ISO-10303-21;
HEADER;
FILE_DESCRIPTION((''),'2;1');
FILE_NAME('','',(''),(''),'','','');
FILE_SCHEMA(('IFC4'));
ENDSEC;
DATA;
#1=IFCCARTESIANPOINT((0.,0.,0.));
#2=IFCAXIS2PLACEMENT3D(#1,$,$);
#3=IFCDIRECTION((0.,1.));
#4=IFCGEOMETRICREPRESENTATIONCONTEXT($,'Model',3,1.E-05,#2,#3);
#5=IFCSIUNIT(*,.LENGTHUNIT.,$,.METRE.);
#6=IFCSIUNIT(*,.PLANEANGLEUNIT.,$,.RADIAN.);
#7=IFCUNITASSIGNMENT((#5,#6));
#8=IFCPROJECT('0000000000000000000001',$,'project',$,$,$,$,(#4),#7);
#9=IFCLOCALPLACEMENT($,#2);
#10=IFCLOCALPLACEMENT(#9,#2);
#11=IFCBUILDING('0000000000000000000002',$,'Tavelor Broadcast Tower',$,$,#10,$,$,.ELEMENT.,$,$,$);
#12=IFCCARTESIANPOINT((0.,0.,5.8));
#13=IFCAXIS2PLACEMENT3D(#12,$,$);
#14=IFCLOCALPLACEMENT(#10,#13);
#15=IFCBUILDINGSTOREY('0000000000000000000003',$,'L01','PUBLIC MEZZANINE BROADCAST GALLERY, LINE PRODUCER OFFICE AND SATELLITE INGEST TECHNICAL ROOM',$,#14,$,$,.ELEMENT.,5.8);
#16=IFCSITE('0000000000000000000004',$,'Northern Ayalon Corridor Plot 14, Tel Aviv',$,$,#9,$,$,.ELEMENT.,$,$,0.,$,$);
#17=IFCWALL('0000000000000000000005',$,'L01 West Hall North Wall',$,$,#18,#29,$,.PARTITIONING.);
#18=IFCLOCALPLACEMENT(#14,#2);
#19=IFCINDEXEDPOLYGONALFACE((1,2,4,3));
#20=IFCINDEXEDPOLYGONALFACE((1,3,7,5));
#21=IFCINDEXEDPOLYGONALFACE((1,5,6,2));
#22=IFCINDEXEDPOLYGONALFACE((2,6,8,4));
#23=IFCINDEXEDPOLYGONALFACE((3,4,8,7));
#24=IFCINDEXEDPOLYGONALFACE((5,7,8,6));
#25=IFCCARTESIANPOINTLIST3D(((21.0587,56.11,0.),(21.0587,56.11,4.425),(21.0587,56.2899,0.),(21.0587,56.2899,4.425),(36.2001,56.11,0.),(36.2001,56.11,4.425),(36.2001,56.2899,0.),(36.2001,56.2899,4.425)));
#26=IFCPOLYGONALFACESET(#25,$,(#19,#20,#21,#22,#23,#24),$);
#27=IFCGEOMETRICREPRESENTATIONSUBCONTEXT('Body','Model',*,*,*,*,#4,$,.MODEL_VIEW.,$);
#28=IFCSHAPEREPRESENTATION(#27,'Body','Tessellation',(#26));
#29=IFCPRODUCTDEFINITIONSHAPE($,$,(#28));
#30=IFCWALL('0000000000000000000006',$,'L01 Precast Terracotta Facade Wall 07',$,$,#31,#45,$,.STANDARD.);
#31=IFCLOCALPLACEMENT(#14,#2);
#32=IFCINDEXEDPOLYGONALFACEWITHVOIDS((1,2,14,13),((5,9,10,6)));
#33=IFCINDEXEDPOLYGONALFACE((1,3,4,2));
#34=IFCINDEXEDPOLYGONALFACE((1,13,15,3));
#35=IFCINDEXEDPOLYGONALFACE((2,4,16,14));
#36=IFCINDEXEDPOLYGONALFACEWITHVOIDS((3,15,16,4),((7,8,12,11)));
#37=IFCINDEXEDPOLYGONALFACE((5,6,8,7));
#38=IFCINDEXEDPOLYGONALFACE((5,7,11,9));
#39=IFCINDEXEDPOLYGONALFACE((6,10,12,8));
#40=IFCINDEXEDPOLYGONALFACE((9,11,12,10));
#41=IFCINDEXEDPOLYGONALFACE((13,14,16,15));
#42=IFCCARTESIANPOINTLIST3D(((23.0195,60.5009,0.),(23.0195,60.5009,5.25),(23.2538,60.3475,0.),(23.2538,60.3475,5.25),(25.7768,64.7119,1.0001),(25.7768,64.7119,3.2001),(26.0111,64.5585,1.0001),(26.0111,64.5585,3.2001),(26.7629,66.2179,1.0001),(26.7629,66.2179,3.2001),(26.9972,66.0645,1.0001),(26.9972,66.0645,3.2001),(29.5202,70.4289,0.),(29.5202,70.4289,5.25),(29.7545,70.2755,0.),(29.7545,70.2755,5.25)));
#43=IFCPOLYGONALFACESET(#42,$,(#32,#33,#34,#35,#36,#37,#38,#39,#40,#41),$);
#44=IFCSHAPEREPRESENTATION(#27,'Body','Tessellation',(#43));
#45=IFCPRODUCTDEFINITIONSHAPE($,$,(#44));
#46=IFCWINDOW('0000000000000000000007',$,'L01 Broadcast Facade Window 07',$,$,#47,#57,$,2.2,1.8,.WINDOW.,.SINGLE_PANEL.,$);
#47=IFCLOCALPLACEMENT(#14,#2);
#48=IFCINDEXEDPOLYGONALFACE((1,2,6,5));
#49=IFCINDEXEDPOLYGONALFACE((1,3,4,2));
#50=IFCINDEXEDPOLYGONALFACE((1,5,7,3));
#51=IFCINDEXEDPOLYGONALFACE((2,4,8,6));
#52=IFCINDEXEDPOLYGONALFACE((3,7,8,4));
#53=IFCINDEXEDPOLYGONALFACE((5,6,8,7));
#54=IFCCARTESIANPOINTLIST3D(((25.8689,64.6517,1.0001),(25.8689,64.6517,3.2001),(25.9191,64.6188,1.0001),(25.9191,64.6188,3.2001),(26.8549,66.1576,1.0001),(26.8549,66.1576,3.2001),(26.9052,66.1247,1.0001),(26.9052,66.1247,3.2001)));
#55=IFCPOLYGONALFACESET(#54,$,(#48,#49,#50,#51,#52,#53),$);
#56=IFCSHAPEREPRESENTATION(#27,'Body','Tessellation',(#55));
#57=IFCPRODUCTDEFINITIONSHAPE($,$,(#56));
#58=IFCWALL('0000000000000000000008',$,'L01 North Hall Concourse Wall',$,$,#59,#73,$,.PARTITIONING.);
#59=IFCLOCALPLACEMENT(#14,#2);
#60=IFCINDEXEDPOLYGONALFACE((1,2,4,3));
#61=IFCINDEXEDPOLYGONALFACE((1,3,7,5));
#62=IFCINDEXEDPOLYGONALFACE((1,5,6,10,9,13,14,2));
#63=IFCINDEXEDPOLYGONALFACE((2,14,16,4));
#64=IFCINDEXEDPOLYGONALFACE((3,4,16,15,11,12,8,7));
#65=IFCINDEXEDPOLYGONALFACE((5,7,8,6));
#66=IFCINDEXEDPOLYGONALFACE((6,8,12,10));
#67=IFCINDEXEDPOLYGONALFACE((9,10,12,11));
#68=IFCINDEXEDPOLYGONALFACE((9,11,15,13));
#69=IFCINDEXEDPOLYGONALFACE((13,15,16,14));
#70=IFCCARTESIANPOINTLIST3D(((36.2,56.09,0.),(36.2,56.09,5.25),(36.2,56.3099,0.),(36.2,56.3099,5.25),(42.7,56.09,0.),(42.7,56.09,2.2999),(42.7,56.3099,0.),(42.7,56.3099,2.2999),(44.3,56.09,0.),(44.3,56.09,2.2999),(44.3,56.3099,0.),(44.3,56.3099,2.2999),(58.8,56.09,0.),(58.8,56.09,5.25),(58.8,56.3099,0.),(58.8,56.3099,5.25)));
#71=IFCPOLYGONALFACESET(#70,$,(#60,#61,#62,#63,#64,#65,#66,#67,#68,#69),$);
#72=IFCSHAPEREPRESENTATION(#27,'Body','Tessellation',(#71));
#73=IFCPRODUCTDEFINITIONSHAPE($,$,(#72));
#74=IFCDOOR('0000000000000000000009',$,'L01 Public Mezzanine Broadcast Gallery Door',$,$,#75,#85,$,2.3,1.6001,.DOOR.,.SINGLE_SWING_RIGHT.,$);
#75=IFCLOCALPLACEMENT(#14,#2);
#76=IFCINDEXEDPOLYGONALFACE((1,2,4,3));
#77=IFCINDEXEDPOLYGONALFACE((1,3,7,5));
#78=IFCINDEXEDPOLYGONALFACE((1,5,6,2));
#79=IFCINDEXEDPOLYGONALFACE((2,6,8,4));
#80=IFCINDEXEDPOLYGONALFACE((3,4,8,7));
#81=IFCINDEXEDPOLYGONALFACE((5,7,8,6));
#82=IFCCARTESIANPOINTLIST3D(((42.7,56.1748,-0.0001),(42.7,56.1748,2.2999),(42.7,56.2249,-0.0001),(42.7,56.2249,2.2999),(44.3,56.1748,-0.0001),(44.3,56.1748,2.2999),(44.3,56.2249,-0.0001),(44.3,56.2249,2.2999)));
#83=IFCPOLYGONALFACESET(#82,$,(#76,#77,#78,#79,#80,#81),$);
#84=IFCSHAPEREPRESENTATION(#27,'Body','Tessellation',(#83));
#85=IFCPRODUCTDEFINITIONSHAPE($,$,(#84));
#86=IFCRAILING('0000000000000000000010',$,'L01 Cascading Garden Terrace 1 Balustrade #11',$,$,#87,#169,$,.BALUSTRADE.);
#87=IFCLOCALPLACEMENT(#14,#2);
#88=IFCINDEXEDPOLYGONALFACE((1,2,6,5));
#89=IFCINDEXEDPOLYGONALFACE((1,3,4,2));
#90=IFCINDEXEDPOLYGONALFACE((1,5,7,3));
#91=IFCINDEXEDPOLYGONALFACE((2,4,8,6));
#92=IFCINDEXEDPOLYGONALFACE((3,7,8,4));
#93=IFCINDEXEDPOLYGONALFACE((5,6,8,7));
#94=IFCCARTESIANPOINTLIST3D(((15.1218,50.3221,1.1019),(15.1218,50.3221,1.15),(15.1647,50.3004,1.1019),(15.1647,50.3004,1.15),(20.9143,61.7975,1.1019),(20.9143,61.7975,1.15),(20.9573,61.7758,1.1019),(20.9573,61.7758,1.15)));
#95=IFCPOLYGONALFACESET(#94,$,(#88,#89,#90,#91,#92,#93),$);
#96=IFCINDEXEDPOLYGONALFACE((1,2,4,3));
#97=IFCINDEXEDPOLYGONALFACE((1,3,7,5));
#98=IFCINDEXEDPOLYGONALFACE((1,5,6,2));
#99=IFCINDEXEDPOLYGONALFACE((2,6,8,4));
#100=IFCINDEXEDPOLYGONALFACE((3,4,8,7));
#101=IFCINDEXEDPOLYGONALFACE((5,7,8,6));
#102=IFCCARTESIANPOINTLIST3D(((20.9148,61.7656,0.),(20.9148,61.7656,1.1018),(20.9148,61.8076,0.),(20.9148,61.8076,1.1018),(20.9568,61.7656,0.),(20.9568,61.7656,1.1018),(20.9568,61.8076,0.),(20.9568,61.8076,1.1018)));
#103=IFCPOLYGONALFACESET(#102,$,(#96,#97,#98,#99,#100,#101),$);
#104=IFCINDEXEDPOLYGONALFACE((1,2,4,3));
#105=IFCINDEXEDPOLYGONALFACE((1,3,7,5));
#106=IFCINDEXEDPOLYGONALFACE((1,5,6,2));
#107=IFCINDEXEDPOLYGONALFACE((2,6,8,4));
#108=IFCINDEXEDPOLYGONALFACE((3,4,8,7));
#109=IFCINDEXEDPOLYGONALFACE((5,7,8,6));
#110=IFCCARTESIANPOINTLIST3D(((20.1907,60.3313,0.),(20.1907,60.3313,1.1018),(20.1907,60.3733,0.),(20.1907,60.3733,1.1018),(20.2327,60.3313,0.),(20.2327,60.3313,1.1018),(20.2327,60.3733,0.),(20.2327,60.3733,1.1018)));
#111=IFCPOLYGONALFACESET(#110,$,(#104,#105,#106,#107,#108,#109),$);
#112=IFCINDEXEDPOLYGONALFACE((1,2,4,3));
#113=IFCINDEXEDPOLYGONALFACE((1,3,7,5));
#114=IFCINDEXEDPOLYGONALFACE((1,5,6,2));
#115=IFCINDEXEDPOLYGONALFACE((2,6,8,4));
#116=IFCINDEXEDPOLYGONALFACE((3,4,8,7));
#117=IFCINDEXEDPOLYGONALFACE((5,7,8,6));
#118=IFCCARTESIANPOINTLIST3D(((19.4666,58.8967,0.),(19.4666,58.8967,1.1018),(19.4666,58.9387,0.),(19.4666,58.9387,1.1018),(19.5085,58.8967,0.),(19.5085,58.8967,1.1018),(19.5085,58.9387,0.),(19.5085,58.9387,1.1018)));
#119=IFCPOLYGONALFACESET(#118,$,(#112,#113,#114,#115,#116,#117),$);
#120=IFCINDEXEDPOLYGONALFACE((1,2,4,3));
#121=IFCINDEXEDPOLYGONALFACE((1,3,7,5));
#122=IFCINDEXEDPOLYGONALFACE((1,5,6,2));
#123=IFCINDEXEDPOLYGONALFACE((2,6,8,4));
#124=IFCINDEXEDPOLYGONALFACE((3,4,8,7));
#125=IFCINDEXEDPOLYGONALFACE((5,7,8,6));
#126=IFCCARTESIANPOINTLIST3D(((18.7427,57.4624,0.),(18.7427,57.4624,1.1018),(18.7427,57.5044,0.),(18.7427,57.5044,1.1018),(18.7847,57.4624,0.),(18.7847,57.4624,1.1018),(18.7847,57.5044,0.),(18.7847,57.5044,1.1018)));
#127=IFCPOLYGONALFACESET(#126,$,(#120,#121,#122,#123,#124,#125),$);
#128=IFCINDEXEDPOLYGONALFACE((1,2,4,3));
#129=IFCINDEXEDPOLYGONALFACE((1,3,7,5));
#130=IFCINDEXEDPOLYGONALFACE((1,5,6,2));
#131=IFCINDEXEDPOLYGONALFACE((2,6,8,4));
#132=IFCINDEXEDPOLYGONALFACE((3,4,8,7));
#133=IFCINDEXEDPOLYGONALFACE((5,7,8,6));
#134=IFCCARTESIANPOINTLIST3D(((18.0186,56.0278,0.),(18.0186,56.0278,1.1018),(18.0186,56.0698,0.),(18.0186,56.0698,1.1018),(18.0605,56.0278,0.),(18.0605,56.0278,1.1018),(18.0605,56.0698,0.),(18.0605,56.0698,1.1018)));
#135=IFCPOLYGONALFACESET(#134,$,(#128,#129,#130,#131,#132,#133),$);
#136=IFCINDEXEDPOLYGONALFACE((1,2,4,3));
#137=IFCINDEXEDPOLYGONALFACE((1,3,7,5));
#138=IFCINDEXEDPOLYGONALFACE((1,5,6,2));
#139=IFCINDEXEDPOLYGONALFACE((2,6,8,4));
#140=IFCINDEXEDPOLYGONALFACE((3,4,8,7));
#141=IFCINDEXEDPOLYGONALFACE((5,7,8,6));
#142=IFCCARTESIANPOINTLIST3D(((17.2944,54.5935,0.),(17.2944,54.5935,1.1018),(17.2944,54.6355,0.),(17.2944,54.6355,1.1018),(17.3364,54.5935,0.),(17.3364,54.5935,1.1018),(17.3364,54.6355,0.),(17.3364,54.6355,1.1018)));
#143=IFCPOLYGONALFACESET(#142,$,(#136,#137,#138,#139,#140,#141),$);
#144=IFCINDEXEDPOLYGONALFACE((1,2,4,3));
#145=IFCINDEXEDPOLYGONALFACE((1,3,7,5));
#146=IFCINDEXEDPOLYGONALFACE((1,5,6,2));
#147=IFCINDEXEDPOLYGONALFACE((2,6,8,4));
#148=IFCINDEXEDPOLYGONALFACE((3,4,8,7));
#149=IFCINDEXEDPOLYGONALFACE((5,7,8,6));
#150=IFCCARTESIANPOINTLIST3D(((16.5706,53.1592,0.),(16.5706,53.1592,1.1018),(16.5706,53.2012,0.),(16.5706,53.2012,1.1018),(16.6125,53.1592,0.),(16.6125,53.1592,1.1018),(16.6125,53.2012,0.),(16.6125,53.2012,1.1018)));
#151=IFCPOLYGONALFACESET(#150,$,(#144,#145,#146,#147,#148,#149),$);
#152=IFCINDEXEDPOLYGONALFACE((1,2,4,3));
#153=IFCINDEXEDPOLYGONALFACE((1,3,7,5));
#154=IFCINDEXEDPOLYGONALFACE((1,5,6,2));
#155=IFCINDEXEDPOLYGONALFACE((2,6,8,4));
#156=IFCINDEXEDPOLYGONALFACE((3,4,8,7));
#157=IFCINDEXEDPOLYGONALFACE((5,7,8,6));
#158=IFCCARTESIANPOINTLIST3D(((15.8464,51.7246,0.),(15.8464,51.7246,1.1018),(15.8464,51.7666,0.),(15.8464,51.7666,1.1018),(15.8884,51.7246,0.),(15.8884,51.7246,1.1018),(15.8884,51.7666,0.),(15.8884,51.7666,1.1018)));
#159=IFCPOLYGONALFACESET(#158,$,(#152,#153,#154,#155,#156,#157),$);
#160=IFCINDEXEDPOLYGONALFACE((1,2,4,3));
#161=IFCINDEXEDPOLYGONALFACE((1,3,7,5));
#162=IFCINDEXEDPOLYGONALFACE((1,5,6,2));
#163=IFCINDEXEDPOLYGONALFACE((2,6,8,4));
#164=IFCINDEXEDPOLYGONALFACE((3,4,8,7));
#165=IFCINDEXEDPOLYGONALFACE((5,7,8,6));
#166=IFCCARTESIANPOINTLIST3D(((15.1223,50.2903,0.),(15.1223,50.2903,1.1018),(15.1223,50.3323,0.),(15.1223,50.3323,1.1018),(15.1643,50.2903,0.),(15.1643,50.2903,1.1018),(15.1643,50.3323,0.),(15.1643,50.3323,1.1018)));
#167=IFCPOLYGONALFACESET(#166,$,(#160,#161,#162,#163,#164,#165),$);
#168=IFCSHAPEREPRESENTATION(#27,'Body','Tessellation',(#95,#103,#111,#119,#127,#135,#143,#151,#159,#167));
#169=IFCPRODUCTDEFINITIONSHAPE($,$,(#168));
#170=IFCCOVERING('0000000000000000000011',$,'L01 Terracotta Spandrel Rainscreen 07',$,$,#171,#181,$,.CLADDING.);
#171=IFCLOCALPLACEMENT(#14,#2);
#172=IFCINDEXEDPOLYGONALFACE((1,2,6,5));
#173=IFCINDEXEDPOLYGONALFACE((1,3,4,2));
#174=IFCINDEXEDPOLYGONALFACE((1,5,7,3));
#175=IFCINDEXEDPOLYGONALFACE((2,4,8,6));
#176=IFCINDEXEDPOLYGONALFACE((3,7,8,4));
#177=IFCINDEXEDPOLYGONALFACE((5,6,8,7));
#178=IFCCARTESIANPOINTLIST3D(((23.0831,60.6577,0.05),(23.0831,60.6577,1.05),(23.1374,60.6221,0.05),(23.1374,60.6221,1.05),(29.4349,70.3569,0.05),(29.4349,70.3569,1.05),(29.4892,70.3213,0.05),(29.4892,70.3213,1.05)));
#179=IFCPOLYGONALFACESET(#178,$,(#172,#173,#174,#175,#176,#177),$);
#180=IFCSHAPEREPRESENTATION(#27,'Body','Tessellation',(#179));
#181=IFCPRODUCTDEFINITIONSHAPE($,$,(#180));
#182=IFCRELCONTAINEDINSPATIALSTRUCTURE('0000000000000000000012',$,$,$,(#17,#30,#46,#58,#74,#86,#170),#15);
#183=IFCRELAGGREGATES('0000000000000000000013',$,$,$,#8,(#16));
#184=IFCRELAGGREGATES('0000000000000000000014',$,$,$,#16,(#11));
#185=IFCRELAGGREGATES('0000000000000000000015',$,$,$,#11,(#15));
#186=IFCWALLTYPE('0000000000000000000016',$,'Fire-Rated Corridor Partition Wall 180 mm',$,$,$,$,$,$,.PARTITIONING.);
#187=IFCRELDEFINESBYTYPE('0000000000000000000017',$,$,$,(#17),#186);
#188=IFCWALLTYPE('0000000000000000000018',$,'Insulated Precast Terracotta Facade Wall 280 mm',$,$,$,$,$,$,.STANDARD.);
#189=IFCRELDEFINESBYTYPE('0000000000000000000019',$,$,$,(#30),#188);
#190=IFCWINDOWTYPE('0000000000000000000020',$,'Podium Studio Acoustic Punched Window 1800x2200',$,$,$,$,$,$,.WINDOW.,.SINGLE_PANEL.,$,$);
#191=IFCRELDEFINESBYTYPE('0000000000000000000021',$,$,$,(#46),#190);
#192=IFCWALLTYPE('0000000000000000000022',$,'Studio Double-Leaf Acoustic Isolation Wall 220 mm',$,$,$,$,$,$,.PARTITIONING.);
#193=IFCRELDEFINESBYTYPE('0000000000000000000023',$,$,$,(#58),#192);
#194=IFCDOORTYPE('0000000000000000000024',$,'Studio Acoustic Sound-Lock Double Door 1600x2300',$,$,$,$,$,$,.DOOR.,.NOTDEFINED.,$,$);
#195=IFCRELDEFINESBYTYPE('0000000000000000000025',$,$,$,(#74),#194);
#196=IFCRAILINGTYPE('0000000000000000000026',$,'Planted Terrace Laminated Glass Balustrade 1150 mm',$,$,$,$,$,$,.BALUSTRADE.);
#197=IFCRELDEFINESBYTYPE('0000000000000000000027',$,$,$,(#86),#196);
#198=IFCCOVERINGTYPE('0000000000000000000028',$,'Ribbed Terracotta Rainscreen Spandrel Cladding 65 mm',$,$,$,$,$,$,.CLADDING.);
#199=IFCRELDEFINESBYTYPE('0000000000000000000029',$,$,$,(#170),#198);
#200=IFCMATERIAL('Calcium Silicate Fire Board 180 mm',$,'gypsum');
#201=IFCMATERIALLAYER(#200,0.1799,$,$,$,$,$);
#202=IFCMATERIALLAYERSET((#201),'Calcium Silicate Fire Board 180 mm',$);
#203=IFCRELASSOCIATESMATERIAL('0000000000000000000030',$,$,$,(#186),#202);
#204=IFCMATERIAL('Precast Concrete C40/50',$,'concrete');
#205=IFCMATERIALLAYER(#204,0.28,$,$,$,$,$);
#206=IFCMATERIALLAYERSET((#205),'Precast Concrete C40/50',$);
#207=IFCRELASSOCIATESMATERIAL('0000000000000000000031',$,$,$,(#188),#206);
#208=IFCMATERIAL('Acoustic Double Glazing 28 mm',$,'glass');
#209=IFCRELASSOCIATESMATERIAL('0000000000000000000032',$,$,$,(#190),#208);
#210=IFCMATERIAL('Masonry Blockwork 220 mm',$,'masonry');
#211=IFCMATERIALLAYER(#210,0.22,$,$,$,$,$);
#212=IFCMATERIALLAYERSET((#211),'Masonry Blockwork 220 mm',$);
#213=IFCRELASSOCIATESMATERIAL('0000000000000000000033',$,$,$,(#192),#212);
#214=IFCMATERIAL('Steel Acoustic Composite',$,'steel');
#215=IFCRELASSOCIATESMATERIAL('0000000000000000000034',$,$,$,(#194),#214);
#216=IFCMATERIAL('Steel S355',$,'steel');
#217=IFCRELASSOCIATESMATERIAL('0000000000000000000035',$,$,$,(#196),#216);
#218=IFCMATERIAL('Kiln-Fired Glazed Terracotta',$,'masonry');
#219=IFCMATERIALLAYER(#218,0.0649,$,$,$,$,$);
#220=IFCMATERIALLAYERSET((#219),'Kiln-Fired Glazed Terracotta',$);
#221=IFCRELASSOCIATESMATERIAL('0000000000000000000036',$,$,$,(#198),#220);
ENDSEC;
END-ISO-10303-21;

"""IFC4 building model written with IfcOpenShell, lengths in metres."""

from ifc_helpers import new_model, si_unit, direction, frame, frame_2d, origin, origin_2d, place, context, subcontext, project, spatial, rectangle, extrude, material, layer, layer_set, type_object, element, fill, save


model = new_model("IFC4")

# Units and contexts
model_context = context("Model", 3, precision=1e-05, world=origin(), true_north=direction((0.0, 1.0)))
body_context = subcontext(model_context, "Body", "Model", "MODEL_VIEW")
ifc_project = project(units=[si_unit("LENGTHUNIT", "METRE"), si_unit("PLANEANGLEUNIT", "RADIAN")], contexts=[model_context])

# Site, building, storey
site_placement = place(None, origin())
site = spatial("IfcSite", under=ifc_project, at=site_placement, Name="Northern Ayalon Corridor Plot 14, Tel Aviv", CompositionType="ELEMENT", RefElevation=0.0)
building_placement = place(site_placement, origin())
building = spatial("IfcBuilding", under=site, at=building_placement, Name="Tavelor Broadcast Tower", CompositionType="ELEMENT")
storey_placement = place(building_placement, frame((0.0, 0.0, 5.8)))
storey = spatial("IfcBuildingStorey", under=building, at=storey_placement, Name="L01", Description="PUBLIC MEZZANINE BROADCAST GALLERY, LINE PRODUCER OFFICE AND SATELLITE INGEST TECHNICAL ROOM", CompositionType="ELEMENT", Elevation=5.8)

# Shared definitions
ifc_material_1 = material(Name="Steel S355", Category="steel")

# Wall
ifc_material_2 = material(Name="Calcium Silicate Fire Board 180 mm", Category="gypsum")
ifc_layer_1 = layer(ifc_material_2, 0.1799)
ifc_layer_set_1 = layer_set([ifc_layer_1], Name="Calcium Silicate Fire Board 180 mm")
wall_type_1 = type_object("IfcWallType", Name="Fire-Rated Corridor Partition Wall 180 mm", PredefinedType="PARTITIONING", material=ifc_layer_set_1)
wall_1_placement = place(storey_placement, frame((21.0586, 56.2, 0.0), z_axis=(0.0, 0.0, 1.0), x_axis=(1.0, 0.0, 0.0)))
element("IfcWall", 1, at=wall_1_placement, inside=storey, type_object=wall_type_1, Name="L01 West Hall North Wall", PredefinedType="PARTITIONING", context=body_context, shape_type="SweptSolid", body=[
    extrude(rectangle(XDim=15.1414, YDim=0.1799, at=frame_2d((7.5708, 0.0))), origin(), (0.0, 0.0, 1.0), 4.425),
])

# Wall, opening, window
ifc_material_3 = material(Name="Precast Concrete C40/50", Category="concrete")
ifc_layer_2 = layer(ifc_material_3, 0.28)
ifc_layer_set_2 = layer_set([ifc_layer_2], Name="Precast Concrete C40/50")
wall_type_2 = type_object("IfcWallType", Name="Insulated Precast Terracotta Facade Wall 280 mm", PredefinedType="STANDARD", material=ifc_layer_set_2)
wall_2_placement = place(storey_placement, frame((29.6375, 70.3523, 0.0), z_axis=(0.0, 0.0, 1.0), x_axis=(-0.547802, -0.836608, 0.0)))
wall_2 = element("IfcWall", 2, at=wall_2_placement, inside=storey, type_object=wall_type_2, Name="L01 Precast Terracotta Facade Wall 07", PredefinedType="STANDARD", context=body_context, shape_type="SweptSolid", body=[
    extrude(rectangle(XDim=11.8669, YDim=0.28, at=frame_2d((5.9336, 0.0))), origin(), (0.0, 0.0, 1.0), 5.25),
])
opening_1_placement = place(wall_2_placement, frame((5.0337, 0.0, 1.0)))
opening_1 = element("IfcOpeningElement", 3, at=opening_1_placement, cuts=wall_2, PredefinedType="OPENING", context=body_context, shape_type="SweptSolid", body=[
    extrude(rectangle(XDim=1.8, YDim=2.2, at=frame_2d((0.8999, 1.1001))), frame((0.0, 0.1499, 0.0), z_axis=(0.0, -1.0, 0.0), x_axis=(1.0, 0.0, 0.0)), (0.0, 0.0, 1.0), 0.3),
])
ifc_material_4 = material(Name="Acoustic Double Glazing 28 mm", Category="glass")
window_type = type_object("IfcWindowType", Name="Podium Studio Acoustic Punched Window 1800x2200", PartitioningType="SINGLE_PANEL", PredefinedType="WINDOW", material=ifc_material_4)
window_placement = place(opening_1_placement, origin())
window = element("IfcWindow", 4, at=window_placement, inside=storey, type_object=window_type, Name="L01 Broadcast Facade Window 07", OverallHeight=2.2, OverallWidth=1.8, PartitioningType="SINGLE_PANEL", PredefinedType="WINDOW", context=body_context, shape_type="SweptSolid", body=[
    extrude(rectangle(XDim=1.8, YDim=2.2, at=frame_2d((0.8999, 1.1001))), frame((0.0, 0.03, 0.0), z_axis=(0.0, -1.0, 0.0), x_axis=(1.0, 0.0, 0.0)), (0.0, 0.0, 1.0), 0.0601),
])
fill(opening_1, window)

# Wall, opening, door
ifc_material_5 = material(Name="Masonry Blockwork 220 mm", Category="masonry")
ifc_layer_3 = layer(ifc_material_5, 0.22)
ifc_layer_set_3 = layer_set([ifc_layer_3], Name="Masonry Blockwork 220 mm")
wall_type_3 = type_object("IfcWallType", Name="Studio Double-Leaf Acoustic Isolation Wall 220 mm", PredefinedType="PARTITIONING", material=ifc_layer_set_3)
wall_3_placement = place(storey_placement, frame((36.2, 56.2, 0.0), z_axis=(0.0, 0.0, 1.0), x_axis=(1.0, 0.0, 0.0)))
wall_3 = element("IfcWall", 5, at=wall_3_placement, inside=storey, type_object=wall_type_3, Name="L01 North Hall Concourse Wall", PredefinedType="PARTITIONING", context=body_context, shape_type="SweptSolid", body=[
    extrude(rectangle(XDim=22.6001, YDim=0.22, at=frame_2d((11.3, 0.0))), origin(), (0.0, 0.0, 1.0), 5.25),
])
opening_2_placement = place(wall_3_placement, frame((6.5, 0.0, 0.0)))
opening_2 = element("IfcOpeningElement", 6, at=opening_2_placement, cuts=wall_3, PredefinedType="OPENING", context=body_context, shape_type="SweptSolid", body=[
    extrude(rectangle(XDim=1.6001, YDim=2.3, at=frame_2d((0.8, 1.1499))), frame((0.0, 0.1201, 0.0), z_axis=(0.0, -1.0, 0.0), x_axis=(1.0, 0.0, 0.0)), (0.0, 0.0, 1.0), 0.24),
])
ifc_material_6 = material(Name="Steel Acoustic Composite", Category="steel")
door_type = type_object("IfcDoorType", Name="Studio Acoustic Sound-Lock Double Door 1600x2300", OperationType="NOTDEFINED", PredefinedType="DOOR", material=ifc_material_6)
door_placement = place(opening_2_placement, origin())
door = element("IfcDoor", 7, at=door_placement, inside=storey, type_object=door_type, Name="L01 Public Mezzanine Broadcast Gallery Door", OperationType="SINGLE_SWING_RIGHT", OverallHeight=2.3, OverallWidth=1.6001, PredefinedType="DOOR", context=body_context, shape_type="SweptSolid", body=[
    extrude(rectangle(XDim=1.6001, YDim=2.3, at=frame_2d((0.8, 1.1499))), frame((0.0, 0.0249, 0.0), z_axis=(0.0, -1.0, 0.0), x_axis=(1.0, 0.0, 0.0)), (0.0, 0.0, 1.0), 0.05),
])
fill(opening_2, door)

# Railing
railing_type = type_object("IfcRailingType", Name="Planted Terrace Laminated Glass Balustrade 1150 mm", PredefinedType="BALUSTRADE", material=ifc_material_1)
railing_placement = place(storey_placement, frame((20.9358, 61.7866, 0.0)))
element("IfcRailing", 8, at=railing_placement, inside=storey, type_object=railing_type, Name="L01 Cascading Garden Terrace 1 Balustrade #11", PredefinedType="BALUSTRADE", context=body_context, shape_type="SweptSolid", body=[
    extrude(rectangle(XDim=0.0481, YDim=0.0481, at=origin_2d()), frame((0.0, 0.0, 1.126), z_axis=(-0.450621, -0.892715, 0.0), x_axis=(0.892715, -0.450621, 0.0)), (0.0, 0.0, 1.0), 12.8545),
    extrude(rectangle(XDim=0.042, YDim=0.042, at=origin_2d()), origin(), (0.0, 0.0, 1.0), 1.1018),
    extrude(rectangle(XDim=0.042, YDim=0.042, at=origin_2d()), frame((-0.7241, -1.4343, 0.0)), (0.0, 0.0, 1.0), 1.1018),
    extrude(rectangle(XDim=0.042, YDim=0.042, at=origin_2d()), frame((-1.4482, -2.8689, 0.0)), (0.0, 0.0, 1.0), 1.1018),
    extrude(rectangle(XDim=0.042, YDim=0.042, at=origin_2d()), frame((-2.1721, -4.3032, 0.0)), (0.0, 0.0, 1.0), 1.1018),
    extrude(rectangle(XDim=0.042, YDim=0.042, at=origin_2d()), frame((-2.8962, -5.7378, 0.0)), (0.0, 0.0, 1.0), 1.1018),
    extrude(rectangle(XDim=0.042, YDim=0.042, at=origin_2d()), frame((-3.6204, -7.1721, 0.0)), (0.0, 0.0, 1.0), 1.1018),
    extrude(rectangle(XDim=0.042, YDim=0.042, at=origin_2d()), frame((-4.3442, -8.6064, 0.0)), (0.0, 0.0, 1.0), 1.1018),
    extrude(rectangle(XDim=0.042, YDim=0.042, at=origin_2d()), frame((-5.0684, -10.041, 0.0)), (0.0, 0.0, 1.0), 1.1018),
    extrude(rectangle(XDim=0.042, YDim=0.042, at=origin_2d()), frame((-5.7925, -11.4753, 0.0)), (0.0, 0.0, 1.0), 1.1018),
])

# Covering
ifc_material_7 = material(Name="Kiln-Fired Glazed Terracotta", Category="masonry")
ifc_layer_4 = layer(ifc_material_7, 0.0649)
ifc_layer_set_4 = layer_set([ifc_layer_4], Name="Kiln-Fired Glazed Terracotta")
covering_type = type_object("IfcCoveringType", Name="Ribbed Terracotta Rainscreen Spandrel Cladding 65 mm", PredefinedType="CLADDING", material=ifc_layer_set_4)
covering_placement = place(storey_placement, frame((26.2861, 65.4895, 0.05), z_axis=(0.0, 0.0, 1.0), x_axis=(-0.547855, -0.836573, 0.0)))
element("IfcCovering", 9, at=covering_placement, inside=storey, type_object=covering_type, Name="L01 Terracotta Spandrel Rainscreen 07", PredefinedType="CLADDING", context=body_context, shape_type="SweptSolid", body=[
    extrude(rectangle(XDim=11.594, YDim=0.0649, at=origin_2d()), origin(), (0.0, 0.0, 1.0), 1.0),
])

save(model, "model.ifc")
